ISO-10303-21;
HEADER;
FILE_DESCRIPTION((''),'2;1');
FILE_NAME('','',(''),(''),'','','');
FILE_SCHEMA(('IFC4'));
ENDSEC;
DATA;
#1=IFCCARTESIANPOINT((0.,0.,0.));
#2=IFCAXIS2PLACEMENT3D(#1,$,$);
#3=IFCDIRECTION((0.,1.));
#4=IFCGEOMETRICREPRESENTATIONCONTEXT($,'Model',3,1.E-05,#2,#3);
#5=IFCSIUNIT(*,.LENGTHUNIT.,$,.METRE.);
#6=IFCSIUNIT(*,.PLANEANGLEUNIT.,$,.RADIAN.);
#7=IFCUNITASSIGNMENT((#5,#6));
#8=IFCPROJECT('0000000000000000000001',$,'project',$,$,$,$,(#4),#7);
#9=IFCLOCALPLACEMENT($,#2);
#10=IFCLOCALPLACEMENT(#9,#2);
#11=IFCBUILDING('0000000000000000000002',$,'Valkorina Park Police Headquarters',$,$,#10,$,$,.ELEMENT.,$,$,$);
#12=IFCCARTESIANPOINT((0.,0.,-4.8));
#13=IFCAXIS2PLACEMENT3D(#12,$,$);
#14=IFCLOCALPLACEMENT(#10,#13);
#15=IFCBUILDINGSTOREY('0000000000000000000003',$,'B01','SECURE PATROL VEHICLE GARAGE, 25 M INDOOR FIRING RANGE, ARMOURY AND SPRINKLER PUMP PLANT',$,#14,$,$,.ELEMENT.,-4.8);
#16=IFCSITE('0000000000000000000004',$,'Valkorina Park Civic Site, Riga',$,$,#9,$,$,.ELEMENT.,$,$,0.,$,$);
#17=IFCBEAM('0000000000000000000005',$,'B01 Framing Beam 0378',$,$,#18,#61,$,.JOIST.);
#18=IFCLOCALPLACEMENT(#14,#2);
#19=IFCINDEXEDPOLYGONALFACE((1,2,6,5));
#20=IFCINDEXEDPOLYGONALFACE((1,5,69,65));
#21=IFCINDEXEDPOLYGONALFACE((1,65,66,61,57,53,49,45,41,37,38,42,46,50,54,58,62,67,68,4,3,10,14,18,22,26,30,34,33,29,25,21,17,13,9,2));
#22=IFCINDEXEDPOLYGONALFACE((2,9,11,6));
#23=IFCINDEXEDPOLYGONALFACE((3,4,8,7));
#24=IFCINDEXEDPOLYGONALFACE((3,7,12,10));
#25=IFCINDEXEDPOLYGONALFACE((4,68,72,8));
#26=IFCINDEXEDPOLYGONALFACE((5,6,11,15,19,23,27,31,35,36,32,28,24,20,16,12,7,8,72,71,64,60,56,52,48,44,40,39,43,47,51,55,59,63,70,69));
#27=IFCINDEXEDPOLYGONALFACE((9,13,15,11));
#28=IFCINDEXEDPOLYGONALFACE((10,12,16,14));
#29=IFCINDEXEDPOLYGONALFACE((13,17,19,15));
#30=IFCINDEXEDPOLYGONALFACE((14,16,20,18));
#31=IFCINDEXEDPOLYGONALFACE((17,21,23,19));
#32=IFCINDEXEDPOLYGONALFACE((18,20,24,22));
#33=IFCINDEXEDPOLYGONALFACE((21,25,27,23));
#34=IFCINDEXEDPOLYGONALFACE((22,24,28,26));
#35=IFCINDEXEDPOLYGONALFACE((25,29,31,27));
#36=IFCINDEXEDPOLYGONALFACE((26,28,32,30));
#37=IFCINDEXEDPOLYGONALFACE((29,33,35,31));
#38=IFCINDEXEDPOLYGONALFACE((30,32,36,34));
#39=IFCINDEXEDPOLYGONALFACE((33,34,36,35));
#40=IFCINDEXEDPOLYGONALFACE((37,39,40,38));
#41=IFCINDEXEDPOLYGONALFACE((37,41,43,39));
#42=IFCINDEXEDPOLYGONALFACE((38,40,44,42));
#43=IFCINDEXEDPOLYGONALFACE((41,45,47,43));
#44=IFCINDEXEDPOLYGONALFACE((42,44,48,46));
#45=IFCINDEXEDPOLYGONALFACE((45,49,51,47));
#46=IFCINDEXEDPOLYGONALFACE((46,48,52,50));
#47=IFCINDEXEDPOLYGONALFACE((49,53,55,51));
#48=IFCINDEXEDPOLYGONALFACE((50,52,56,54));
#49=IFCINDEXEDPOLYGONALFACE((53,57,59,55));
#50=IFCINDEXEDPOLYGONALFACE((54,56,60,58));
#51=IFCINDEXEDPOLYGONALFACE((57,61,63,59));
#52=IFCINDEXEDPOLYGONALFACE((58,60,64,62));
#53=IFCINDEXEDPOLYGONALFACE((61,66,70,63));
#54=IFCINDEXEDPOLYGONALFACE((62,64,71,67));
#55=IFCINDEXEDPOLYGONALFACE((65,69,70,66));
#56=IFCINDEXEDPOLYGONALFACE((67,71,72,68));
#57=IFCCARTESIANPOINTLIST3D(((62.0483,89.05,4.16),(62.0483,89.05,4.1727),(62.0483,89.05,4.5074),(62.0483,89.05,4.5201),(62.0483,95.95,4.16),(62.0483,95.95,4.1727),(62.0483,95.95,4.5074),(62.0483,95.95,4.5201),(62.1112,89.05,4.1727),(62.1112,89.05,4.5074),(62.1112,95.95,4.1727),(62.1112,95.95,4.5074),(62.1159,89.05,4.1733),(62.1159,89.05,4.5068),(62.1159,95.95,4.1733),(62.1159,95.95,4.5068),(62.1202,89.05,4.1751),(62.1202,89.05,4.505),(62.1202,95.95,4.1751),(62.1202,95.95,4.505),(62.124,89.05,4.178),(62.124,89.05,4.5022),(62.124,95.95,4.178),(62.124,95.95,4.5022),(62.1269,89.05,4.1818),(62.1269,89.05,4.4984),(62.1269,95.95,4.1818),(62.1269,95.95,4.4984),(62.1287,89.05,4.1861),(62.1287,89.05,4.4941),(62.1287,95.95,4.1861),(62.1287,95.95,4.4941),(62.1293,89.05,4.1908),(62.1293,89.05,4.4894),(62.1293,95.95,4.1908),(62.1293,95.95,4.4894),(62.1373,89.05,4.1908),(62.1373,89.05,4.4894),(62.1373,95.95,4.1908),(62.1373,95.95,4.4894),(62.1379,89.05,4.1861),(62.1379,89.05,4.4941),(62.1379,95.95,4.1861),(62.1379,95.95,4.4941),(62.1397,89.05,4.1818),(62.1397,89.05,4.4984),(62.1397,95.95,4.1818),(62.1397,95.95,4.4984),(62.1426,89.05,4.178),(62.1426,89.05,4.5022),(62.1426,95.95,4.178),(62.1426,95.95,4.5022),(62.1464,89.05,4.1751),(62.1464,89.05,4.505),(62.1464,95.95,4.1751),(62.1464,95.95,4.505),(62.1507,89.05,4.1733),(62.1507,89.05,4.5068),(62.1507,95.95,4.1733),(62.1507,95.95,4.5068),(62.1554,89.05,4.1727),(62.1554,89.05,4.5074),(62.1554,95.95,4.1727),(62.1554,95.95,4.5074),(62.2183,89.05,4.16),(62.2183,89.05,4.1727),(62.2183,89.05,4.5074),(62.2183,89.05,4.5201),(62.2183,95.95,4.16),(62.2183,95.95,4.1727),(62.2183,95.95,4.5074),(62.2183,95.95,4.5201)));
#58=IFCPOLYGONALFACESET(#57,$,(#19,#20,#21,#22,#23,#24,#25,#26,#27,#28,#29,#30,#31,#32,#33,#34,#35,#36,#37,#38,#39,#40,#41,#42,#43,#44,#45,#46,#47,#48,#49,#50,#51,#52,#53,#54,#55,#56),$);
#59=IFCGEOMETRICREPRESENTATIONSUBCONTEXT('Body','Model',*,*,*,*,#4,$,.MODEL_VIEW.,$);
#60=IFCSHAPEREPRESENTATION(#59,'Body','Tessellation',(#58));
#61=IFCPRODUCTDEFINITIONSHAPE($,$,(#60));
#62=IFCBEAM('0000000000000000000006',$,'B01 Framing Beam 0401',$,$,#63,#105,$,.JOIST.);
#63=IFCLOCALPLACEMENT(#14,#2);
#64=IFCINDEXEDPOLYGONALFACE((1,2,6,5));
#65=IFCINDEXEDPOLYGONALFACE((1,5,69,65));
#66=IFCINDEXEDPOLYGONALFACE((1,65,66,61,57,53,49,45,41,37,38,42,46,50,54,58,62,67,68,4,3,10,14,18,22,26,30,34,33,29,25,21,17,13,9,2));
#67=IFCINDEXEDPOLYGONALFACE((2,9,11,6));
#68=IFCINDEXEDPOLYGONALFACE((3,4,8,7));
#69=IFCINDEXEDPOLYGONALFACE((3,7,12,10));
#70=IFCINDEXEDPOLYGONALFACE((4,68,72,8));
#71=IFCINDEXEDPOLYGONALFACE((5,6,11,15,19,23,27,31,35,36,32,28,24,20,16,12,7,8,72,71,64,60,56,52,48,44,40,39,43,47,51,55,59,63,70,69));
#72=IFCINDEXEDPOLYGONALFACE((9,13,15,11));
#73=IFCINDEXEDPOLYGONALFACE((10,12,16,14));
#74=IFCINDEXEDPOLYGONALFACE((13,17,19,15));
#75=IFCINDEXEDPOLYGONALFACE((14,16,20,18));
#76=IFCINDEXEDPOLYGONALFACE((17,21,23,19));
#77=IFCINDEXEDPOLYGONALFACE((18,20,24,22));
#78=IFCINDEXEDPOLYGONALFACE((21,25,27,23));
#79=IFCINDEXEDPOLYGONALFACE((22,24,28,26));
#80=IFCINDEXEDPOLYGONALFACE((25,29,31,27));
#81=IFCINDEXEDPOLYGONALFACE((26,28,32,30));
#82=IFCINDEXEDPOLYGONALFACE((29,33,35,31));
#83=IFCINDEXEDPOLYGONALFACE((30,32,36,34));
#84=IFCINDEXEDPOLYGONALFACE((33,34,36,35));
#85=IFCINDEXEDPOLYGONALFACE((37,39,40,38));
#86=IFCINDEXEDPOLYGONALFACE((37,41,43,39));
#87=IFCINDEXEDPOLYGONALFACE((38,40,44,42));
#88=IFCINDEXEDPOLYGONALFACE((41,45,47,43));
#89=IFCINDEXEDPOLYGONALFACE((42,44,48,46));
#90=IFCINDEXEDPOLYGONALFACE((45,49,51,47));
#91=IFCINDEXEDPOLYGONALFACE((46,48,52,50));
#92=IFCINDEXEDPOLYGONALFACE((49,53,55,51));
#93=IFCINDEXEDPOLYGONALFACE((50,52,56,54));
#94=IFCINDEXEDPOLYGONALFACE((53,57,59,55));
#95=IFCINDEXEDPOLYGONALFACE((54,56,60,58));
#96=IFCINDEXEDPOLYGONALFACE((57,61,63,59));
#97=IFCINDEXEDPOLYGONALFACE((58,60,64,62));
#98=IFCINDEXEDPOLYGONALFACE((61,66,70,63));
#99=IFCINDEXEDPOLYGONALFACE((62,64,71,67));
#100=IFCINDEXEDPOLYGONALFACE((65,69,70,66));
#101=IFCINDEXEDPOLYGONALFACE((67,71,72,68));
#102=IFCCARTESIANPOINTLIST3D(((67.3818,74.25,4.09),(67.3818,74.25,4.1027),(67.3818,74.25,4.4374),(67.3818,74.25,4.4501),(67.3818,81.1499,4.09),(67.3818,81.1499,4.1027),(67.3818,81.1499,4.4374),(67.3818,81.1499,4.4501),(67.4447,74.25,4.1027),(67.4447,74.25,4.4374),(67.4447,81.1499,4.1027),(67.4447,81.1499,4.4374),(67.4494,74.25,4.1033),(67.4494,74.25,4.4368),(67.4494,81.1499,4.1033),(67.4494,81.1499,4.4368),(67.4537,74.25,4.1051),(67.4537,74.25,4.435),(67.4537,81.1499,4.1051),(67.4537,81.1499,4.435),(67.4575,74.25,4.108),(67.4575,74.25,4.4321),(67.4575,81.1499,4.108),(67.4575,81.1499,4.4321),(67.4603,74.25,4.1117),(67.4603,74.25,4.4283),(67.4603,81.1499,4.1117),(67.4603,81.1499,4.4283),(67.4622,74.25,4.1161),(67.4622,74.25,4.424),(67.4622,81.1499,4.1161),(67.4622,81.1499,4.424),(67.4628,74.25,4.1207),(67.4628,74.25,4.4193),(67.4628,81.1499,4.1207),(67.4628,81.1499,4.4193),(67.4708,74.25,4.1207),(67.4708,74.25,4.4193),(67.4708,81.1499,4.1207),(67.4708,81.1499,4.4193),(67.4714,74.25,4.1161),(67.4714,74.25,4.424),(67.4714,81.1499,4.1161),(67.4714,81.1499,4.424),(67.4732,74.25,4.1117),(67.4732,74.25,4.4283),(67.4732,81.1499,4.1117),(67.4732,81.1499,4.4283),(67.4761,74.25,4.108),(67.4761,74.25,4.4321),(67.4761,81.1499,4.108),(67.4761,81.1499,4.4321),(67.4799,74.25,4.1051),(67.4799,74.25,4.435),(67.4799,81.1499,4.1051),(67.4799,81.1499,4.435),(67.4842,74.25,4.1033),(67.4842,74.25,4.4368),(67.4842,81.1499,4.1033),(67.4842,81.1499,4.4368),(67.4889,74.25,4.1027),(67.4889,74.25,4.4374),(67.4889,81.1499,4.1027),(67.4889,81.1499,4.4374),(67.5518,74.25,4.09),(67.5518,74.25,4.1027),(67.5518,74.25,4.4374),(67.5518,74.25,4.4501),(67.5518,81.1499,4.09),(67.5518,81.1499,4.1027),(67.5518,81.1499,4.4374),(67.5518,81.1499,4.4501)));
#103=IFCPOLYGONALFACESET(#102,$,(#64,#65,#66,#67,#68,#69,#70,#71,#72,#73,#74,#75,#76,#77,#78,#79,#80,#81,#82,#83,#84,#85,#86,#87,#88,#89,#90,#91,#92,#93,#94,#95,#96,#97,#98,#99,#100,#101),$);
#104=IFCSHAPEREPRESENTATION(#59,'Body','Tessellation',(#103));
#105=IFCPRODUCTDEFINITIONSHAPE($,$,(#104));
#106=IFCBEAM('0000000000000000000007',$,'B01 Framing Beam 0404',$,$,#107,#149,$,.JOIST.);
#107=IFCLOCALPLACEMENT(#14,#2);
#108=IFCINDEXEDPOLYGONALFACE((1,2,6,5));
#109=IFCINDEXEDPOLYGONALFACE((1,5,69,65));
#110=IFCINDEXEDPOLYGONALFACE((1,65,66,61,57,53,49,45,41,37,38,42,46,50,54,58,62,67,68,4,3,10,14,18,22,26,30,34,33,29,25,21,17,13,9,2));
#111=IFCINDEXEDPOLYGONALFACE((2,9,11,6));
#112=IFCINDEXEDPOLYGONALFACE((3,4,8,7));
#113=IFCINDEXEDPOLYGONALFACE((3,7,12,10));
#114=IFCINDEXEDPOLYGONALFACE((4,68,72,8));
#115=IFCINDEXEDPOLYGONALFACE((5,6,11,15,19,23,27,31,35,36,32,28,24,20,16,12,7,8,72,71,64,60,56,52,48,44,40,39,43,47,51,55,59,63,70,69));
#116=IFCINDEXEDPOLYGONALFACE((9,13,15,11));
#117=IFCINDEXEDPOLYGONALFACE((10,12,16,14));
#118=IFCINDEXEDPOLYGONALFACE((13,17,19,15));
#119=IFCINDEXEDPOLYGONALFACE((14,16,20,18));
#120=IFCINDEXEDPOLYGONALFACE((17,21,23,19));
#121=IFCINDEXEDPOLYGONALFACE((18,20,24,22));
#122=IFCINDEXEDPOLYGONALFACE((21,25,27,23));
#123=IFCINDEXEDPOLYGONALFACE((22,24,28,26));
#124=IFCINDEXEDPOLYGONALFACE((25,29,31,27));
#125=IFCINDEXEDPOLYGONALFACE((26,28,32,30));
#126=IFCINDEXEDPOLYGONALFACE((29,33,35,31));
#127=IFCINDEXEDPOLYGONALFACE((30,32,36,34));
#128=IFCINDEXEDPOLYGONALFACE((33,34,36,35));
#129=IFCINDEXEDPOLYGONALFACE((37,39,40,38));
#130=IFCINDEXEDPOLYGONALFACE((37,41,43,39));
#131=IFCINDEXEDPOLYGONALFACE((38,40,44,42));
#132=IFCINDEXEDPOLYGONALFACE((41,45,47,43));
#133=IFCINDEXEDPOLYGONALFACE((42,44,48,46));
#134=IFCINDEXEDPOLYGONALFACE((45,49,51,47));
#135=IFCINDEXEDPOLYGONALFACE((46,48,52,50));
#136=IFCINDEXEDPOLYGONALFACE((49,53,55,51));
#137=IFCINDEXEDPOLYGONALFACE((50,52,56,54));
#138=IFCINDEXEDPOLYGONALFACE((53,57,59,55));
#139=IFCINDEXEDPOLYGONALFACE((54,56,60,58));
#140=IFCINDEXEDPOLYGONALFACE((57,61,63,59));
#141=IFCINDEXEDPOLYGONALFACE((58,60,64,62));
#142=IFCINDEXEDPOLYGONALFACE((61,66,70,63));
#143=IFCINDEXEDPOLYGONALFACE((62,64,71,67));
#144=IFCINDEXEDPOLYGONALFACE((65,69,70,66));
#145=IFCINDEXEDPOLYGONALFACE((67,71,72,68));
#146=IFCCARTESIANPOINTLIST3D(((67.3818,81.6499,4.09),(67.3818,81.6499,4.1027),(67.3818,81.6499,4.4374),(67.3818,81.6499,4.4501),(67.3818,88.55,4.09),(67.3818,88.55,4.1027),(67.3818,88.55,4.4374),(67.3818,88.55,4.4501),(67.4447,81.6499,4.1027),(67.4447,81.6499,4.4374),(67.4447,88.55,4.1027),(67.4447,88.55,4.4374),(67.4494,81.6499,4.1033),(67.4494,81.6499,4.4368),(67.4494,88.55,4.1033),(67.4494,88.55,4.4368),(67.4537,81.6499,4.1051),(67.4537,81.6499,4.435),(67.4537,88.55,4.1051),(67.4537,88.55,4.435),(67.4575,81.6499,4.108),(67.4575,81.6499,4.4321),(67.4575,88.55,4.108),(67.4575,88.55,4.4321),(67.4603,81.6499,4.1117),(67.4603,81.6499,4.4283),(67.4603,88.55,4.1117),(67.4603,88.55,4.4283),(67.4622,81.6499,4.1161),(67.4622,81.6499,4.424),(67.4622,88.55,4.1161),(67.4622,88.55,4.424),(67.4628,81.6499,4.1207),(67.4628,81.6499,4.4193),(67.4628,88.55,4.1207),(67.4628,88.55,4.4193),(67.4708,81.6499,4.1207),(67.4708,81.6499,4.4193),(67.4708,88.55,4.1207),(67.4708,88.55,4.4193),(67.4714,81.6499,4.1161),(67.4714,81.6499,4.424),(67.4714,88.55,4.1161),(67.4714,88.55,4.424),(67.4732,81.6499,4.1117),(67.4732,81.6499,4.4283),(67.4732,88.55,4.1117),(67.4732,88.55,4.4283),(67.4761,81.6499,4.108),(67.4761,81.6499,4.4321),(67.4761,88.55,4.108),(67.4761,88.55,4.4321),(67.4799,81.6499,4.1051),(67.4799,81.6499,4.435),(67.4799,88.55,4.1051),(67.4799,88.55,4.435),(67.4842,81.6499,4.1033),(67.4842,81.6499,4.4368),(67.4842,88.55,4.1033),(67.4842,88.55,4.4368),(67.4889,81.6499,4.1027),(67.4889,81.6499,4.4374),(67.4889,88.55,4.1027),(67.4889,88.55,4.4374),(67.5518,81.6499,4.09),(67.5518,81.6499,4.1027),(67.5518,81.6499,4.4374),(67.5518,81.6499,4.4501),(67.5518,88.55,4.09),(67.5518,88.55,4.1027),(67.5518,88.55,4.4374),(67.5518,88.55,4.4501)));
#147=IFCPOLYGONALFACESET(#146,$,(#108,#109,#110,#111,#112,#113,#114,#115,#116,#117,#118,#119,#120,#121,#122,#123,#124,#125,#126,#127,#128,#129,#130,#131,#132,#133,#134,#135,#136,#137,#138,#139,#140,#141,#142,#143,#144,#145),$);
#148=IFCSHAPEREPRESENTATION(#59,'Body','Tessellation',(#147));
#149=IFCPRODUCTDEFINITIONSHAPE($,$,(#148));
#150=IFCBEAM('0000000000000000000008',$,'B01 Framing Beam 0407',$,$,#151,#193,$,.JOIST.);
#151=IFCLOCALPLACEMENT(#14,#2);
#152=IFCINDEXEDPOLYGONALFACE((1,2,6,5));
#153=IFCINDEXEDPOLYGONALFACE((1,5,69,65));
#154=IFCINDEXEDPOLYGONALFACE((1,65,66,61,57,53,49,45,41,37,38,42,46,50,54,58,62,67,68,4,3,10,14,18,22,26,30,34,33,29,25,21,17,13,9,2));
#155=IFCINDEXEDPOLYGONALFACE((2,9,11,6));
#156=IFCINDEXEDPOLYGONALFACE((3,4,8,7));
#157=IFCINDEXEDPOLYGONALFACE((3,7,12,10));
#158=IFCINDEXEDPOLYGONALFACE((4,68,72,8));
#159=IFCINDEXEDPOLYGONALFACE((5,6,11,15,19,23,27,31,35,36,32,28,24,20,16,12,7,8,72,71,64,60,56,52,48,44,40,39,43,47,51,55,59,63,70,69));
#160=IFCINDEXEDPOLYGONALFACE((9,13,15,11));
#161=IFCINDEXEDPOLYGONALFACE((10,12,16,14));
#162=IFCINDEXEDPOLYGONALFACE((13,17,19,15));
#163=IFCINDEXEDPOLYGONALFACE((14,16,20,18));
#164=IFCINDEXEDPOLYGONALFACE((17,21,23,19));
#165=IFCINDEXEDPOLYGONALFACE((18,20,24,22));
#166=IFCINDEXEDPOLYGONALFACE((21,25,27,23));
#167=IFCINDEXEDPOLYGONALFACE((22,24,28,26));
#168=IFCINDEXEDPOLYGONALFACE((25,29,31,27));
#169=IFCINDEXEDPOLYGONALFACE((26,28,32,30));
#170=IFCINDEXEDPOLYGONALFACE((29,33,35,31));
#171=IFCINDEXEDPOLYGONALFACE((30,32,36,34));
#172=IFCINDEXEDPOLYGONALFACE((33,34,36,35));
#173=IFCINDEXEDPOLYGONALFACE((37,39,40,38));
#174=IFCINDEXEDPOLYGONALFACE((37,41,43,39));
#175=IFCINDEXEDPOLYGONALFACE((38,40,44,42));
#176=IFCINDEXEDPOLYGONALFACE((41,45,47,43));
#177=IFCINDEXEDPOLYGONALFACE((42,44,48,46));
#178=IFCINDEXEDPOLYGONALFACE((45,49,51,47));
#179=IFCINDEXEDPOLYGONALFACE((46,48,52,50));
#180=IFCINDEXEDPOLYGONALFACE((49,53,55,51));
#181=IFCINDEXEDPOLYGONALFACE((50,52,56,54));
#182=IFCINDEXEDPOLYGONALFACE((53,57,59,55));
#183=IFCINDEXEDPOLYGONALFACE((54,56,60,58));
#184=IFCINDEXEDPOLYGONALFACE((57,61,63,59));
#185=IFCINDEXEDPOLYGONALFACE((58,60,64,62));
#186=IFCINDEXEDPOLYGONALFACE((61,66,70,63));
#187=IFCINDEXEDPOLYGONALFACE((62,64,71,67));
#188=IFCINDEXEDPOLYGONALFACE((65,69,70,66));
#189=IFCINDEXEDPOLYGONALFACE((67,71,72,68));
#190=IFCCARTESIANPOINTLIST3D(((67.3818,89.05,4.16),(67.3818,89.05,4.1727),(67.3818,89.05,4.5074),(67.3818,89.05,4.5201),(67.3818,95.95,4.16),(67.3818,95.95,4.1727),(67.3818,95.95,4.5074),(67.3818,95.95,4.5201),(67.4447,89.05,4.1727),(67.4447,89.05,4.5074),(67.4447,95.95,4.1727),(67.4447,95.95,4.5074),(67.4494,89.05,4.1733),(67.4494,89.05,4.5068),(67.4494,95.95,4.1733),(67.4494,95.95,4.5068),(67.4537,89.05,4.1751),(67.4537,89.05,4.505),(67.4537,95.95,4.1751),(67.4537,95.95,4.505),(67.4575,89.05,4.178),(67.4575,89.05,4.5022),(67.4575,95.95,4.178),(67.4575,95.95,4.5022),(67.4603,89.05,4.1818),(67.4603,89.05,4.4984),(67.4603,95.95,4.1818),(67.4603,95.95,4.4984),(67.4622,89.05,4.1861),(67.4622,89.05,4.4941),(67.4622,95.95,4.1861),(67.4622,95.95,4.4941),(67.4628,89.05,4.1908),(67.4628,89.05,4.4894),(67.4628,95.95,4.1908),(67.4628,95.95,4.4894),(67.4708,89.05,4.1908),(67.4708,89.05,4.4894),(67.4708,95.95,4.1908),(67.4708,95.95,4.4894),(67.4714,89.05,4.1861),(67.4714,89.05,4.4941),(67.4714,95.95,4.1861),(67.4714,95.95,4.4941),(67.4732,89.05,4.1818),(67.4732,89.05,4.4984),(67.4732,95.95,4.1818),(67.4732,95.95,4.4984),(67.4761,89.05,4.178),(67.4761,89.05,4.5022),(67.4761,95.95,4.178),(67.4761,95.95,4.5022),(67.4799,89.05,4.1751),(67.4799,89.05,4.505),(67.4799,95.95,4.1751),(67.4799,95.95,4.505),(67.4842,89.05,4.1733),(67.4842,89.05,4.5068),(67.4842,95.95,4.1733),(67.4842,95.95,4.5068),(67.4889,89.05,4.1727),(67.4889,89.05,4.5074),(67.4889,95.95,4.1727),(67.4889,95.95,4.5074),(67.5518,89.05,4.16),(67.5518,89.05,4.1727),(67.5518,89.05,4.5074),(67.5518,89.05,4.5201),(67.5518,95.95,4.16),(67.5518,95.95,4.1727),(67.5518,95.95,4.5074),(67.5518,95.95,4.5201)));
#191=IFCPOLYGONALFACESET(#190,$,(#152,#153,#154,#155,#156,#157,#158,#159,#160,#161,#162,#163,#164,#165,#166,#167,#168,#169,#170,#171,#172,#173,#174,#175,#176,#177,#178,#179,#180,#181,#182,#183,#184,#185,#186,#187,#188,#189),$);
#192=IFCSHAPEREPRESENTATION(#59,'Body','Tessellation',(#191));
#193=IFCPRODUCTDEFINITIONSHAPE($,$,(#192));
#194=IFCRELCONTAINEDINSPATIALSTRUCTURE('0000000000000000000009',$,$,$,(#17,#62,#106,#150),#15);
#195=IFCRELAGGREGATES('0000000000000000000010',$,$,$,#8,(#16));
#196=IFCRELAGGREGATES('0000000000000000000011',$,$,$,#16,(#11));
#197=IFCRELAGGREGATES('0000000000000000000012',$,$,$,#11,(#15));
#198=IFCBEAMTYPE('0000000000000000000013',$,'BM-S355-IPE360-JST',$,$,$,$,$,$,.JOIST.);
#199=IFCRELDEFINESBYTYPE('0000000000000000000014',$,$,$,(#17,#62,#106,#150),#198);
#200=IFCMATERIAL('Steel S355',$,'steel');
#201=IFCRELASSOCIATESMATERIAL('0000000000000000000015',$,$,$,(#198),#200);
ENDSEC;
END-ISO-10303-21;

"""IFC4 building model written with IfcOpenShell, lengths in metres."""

from ifc_helpers import new_model, si_unit, direction, frame, origin, origin_2d, place, context, subcontext, project, spatial, i_section, extrude, material, material_profile, profile_set, type_object, element, save


model = new_model("IFC4")

# Units and contexts
model_context = context("Model", 3, precision=1e-05, world=origin(), true_north=direction((0.0, 1.0)))
body_context = subcontext(model_context, "Body", "Model", "MODEL_VIEW")
ifc_project = project(units=[si_unit("LENGTHUNIT", "METRE"), si_unit("PLANEANGLEUNIT", "RADIAN")], contexts=[model_context])

# Site, building, storey
site_placement = place(None, origin())
site = spatial("IfcSite", under=ifc_project, at=site_placement, Name="Valkorina Park Civic Site, Riga", CompositionType="ELEMENT", RefElevation=0.0)
building_placement = place(site_placement, origin())
building = spatial("IfcBuilding", under=site, at=building_placement, Name="Valkorina Park Police Headquarters", CompositionType="ELEMENT")
storey_placement = place(building_placement, frame((0.0, 0.0, -4.8)))
storey = spatial("IfcBuildingStorey", under=building, at=storey_placement, Name="B01", Description="SECURE PATROL VEHICLE GARAGE, 25 M INDOOR FIRING RANGE, ARMOURY AND SPRINKLER PUMP PLANT", CompositionType="ELEMENT", Elevation=-4.8)

# Beams
ifc_material_1 = material(Name="Steel S355", Category="steel")
ifc_material_profile_1 = material_profile(ifc_material_1, i_section(OverallWidth=0.1699, OverallDepth=0.3601, WebThickness=0.0081, FlangeThickness=0.0127, FilletRadius=0.0181, at=origin_2d()), Name="IPE 360")
ifc_profile_set_1 = profile_set([ifc_material_profile_1], Name="Steel S355")
beam_type_1 = type_object("IfcBeamType", Name="BM-S355-IPE360-JST", PredefinedType="JOIST", material=ifc_profile_set_1)
for number, where, z_axis, x_axis, name in (
    (1, (62.1333, 89.05, 4.3401), (0.0, 1.0, 0.0), (-1.0, 0.0, 0.0), "B01 Framing Beam 0378"),
    (2, (67.4668, 74.25, 4.27), (0.0, 1.0, 0.0), (-1.0, 0.0, 0.0), "B01 Framing Beam 0401"),
):
    element("IfcBeam", number, at=place(storey_placement, frame(where, z_axis=z_axis, x_axis=x_axis)), inside=storey, type_object=beam_type_1, Name=name, PredefinedType="JOIST", context=body_context, shape_type="SweptSolid", body=[
        extrude(i_section(OverallWidth=0.1699, OverallDepth=0.3601, WebThickness=0.0081, FlangeThickness=0.0127, FilletRadius=0.0181, at=origin_2d()), origin(), (0.0, 0.0, 1.0), 6.8999),
    ])
beam_1_placement = place(storey_placement, frame((67.4668, 81.6499, 4.27), z_axis=(0.0, 1.0, 0.0), x_axis=(-1.0, 0.0, 0.0)))
element("IfcBeam", 3, at=beam_1_placement, inside=storey, type_object=beam_type_1, Name="B01 Framing Beam 0404", PredefinedType="JOIST", context=body_context, shape_type="SweptSolid", body=[
    extrude(i_section(OverallWidth=0.1699, OverallDepth=0.3601, WebThickness=0.0081, FlangeThickness=0.0127, FilletRadius=0.0181, at=origin_2d()), origin(), (0.0, 0.0, 1.0), 6.9001),
])
beam_2_placement = place(storey_placement, frame((67.4668, 89.05, 4.3401), z_axis=(0.0, 1.0, 0.0), x_axis=(-1.0, 0.0, 0.0)))
element("IfcBeam", 4, at=beam_2_placement, inside=storey, type_object=beam_type_1, Name="B01 Framing Beam 0407", PredefinedType="JOIST", context=body_context, shape_type="SweptSolid", body=[
    extrude(i_section(OverallWidth=0.1699, OverallDepth=0.3601, WebThickness=0.0081, FlangeThickness=0.0127, FilletRadius=0.0181, at=origin_2d()), origin(), (0.0, 0.0, 1.0), 6.8999),
])

save(model, "model.ifc")
